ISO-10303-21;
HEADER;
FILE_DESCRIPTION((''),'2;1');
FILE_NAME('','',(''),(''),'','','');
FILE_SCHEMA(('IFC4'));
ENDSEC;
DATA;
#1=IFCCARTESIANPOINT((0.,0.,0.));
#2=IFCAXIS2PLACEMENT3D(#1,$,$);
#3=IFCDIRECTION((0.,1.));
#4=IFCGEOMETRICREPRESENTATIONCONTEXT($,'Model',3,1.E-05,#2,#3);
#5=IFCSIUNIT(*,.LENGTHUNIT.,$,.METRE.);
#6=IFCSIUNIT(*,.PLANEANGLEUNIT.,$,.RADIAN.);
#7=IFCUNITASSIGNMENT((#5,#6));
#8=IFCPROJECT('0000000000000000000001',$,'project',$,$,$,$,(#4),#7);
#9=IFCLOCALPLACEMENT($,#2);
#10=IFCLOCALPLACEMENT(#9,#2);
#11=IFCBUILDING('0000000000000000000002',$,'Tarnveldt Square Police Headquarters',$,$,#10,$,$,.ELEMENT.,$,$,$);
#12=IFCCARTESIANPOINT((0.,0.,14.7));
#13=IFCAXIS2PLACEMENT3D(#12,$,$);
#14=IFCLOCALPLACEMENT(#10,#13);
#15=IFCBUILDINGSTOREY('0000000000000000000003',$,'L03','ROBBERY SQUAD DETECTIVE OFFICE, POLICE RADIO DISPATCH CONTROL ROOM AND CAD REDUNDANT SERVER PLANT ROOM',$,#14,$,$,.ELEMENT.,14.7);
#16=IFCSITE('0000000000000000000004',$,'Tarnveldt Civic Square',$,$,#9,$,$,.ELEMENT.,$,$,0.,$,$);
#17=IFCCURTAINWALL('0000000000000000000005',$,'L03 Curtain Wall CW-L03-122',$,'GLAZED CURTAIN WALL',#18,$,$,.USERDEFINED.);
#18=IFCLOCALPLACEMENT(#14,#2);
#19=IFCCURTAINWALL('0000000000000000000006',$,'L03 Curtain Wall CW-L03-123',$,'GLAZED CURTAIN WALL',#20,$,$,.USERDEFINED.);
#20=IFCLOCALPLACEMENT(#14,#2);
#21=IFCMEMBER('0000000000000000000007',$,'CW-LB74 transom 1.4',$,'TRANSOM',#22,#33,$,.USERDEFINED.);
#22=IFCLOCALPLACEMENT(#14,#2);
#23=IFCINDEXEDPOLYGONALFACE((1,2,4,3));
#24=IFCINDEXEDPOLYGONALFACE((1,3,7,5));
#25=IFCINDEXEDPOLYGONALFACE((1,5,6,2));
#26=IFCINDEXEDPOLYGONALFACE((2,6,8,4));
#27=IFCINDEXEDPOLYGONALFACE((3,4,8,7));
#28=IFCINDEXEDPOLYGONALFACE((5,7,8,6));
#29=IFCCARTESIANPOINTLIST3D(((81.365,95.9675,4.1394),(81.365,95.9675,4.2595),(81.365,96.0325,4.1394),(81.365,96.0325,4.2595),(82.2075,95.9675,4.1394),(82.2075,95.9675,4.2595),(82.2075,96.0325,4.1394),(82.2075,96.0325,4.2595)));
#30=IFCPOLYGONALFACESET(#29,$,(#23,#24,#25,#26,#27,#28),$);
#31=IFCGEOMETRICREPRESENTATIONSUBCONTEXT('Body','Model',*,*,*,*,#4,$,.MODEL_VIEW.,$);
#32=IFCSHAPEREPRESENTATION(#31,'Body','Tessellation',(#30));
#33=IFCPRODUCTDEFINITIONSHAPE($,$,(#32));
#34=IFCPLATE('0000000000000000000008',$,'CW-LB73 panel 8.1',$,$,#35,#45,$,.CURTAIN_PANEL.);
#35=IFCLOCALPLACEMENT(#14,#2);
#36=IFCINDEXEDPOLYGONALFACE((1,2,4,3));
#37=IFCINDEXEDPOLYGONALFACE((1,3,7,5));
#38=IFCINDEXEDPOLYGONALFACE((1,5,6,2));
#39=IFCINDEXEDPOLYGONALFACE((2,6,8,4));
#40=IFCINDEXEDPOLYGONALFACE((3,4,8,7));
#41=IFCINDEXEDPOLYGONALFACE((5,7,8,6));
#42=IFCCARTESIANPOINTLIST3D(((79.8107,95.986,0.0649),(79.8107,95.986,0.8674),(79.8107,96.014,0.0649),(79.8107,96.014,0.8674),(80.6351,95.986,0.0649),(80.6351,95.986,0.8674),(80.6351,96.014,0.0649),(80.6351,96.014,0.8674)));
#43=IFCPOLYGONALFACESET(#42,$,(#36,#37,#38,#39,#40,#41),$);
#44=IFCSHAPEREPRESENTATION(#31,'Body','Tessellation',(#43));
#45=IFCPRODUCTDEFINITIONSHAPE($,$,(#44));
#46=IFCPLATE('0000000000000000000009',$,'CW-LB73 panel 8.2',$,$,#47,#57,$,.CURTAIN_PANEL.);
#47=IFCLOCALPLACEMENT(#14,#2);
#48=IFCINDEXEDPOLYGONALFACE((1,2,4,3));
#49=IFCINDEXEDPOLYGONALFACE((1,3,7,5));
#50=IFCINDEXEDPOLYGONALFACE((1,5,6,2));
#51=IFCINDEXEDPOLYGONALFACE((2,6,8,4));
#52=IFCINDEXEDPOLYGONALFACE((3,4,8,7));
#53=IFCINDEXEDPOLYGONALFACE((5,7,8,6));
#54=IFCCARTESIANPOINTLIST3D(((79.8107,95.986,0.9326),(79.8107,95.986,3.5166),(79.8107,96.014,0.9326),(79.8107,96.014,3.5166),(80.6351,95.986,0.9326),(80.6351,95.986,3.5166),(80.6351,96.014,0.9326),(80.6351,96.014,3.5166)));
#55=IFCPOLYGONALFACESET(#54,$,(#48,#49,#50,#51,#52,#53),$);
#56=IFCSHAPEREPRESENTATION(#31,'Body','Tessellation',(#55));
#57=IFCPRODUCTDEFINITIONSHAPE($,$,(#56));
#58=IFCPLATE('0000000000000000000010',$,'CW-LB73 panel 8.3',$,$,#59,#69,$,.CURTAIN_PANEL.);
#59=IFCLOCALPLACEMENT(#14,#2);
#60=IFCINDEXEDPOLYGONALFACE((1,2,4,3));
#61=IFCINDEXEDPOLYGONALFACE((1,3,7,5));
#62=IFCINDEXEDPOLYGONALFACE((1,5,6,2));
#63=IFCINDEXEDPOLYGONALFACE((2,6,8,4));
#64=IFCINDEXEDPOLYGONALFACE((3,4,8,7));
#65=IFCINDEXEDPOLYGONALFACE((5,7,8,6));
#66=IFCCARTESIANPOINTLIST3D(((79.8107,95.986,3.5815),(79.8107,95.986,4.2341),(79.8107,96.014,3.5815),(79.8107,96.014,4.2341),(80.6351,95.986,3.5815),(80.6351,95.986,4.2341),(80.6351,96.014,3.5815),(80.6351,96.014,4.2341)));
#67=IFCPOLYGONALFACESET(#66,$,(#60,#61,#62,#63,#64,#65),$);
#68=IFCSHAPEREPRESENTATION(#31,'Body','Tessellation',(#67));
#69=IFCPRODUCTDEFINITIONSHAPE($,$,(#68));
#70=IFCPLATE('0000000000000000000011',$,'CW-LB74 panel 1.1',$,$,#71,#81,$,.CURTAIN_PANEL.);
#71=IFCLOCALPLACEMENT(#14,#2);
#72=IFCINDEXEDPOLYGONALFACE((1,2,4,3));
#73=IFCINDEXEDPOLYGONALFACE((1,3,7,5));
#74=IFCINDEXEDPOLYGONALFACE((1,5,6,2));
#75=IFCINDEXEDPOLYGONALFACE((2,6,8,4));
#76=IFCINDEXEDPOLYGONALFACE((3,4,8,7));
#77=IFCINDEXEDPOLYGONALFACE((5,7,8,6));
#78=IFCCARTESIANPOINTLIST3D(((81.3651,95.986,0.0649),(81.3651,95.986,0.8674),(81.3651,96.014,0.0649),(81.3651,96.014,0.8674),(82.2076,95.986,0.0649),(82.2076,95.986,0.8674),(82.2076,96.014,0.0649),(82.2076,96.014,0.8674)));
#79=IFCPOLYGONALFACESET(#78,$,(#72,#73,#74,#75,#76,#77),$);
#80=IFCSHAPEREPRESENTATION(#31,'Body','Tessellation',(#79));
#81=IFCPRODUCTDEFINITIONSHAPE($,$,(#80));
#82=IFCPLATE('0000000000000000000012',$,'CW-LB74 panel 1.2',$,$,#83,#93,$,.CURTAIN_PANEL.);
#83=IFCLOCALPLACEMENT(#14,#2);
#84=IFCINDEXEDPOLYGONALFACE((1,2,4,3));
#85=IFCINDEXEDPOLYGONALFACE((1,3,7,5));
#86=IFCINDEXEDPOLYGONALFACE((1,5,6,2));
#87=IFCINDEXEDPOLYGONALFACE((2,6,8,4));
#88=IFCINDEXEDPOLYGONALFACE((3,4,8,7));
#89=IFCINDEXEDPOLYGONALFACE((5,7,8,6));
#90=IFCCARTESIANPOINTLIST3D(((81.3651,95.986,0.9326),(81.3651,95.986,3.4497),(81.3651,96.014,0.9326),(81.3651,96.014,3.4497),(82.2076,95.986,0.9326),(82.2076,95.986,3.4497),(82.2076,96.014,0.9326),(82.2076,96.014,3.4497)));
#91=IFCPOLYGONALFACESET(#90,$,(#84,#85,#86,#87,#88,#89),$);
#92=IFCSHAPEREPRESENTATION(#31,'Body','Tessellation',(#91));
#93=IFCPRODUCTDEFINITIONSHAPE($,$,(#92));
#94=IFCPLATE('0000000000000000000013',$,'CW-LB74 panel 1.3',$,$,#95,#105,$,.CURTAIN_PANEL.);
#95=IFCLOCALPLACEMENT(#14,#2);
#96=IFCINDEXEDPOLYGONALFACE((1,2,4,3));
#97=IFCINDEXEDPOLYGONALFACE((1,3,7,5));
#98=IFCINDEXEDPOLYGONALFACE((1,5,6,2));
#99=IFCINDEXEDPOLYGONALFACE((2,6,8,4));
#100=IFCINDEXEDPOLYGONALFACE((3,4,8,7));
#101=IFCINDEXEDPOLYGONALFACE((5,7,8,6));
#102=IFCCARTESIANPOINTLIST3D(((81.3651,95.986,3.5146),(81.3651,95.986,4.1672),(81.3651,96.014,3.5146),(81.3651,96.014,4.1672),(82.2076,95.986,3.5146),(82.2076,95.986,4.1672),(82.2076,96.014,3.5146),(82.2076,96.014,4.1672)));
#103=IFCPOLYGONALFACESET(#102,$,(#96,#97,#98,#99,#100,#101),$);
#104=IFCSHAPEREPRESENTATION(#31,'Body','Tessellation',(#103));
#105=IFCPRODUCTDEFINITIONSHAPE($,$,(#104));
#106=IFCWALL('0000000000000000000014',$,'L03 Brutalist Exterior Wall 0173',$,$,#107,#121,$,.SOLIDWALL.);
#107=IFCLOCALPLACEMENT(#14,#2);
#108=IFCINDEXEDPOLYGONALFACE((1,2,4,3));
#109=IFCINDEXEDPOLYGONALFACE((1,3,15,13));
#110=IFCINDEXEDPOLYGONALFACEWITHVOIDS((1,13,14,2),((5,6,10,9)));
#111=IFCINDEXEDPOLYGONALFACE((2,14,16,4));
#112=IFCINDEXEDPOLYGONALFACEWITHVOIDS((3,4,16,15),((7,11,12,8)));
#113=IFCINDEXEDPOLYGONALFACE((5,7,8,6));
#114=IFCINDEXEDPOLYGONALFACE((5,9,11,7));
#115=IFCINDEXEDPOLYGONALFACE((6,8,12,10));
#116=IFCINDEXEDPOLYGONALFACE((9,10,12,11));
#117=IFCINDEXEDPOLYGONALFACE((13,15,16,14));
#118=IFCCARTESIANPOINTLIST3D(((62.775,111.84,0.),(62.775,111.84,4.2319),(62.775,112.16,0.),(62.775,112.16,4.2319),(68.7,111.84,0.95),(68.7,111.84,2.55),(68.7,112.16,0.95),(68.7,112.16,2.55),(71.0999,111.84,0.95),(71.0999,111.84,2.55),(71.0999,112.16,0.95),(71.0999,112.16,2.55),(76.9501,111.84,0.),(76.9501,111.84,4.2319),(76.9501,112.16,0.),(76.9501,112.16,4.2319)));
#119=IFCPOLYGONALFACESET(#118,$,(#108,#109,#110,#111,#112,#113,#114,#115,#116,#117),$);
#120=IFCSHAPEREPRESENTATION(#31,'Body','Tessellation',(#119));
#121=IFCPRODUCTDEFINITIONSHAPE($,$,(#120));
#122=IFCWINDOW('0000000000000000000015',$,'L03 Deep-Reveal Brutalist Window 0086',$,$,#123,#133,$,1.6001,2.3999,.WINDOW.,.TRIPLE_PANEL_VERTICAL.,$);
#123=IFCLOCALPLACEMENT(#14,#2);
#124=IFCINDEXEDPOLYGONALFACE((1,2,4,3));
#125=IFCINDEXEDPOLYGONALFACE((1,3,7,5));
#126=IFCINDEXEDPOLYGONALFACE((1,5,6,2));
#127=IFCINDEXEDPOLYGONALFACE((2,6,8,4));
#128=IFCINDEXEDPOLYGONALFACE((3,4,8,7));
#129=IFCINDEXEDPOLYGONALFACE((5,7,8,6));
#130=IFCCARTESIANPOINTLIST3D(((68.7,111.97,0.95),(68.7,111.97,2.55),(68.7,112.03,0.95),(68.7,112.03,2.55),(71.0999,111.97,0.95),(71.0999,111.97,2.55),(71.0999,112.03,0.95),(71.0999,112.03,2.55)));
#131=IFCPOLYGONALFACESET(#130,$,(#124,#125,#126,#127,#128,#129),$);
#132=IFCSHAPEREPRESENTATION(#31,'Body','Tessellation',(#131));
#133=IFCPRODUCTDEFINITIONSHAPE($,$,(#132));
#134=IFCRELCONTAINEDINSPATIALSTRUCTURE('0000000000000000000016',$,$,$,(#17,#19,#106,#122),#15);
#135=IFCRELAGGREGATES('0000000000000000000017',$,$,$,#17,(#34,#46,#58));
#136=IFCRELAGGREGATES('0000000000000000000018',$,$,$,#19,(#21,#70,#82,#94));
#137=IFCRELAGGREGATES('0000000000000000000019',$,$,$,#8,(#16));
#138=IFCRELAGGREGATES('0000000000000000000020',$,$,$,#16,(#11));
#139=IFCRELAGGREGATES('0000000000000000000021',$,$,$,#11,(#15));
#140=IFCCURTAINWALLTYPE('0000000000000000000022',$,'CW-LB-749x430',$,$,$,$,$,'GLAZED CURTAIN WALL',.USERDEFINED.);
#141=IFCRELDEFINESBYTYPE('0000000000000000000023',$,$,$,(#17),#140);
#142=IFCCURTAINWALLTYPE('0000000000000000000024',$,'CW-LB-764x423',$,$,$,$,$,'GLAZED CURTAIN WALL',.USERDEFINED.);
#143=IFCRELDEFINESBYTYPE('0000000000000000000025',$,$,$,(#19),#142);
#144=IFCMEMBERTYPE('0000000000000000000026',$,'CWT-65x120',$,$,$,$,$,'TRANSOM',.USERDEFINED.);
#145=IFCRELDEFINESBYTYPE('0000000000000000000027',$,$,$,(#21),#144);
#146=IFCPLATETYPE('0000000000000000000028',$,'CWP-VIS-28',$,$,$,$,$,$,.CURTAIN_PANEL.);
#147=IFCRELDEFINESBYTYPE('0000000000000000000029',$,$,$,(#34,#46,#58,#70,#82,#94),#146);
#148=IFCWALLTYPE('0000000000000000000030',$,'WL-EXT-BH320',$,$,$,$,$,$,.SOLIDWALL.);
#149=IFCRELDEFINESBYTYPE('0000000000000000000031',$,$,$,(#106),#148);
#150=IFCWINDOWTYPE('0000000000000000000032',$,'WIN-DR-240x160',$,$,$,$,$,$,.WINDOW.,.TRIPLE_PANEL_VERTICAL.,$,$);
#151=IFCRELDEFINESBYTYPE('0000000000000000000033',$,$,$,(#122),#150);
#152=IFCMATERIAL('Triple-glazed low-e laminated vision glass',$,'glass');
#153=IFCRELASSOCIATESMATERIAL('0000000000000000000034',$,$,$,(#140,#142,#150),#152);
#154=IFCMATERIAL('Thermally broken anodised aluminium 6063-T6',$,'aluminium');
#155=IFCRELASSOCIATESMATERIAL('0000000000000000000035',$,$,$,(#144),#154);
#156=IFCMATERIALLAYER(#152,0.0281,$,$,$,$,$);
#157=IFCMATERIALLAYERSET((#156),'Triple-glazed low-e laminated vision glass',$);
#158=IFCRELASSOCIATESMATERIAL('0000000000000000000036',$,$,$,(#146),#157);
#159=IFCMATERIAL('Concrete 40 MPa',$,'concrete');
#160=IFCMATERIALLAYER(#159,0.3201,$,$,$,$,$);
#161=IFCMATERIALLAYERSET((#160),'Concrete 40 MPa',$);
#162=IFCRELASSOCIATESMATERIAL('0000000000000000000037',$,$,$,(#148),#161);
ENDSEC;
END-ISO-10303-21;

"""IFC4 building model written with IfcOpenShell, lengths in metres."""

from ifc_helpers import new_model, si_unit, direction, frame, frame_2d, origin, origin_2d, place, context, subcontext, project, spatial, rectangle, extrude, material, layer, layer_set, material_profile, profile_set, type_object, element, fill, aggregate, save


model = new_model("IFC4")

# Units and contexts
model_context = context("Model", 3, precision=1e-05, world=origin(), true_north=direction((0.0, 1.0)))
body_context = subcontext(model_context, "Body", "Model", "MODEL_VIEW")
ifc_project = project(units=[si_unit("LENGTHUNIT", "METRE"), si_unit("PLANEANGLEUNIT", "RADIAN")], contexts=[model_context])

# Site, building, storey
site_placement = place(None, origin())
site = spatial("IfcSite", under=ifc_project, at=site_placement, Name="Tarnveldt Civic Square", CompositionType="ELEMENT", RefElevation=0.0)
building_placement = place(site_placement, origin())
building = spatial("IfcBuilding", under=site, at=building_placement, Name="Tarnveldt Square Police Headquarters", CompositionType="ELEMENT")
storey_placement = place(building_placement, frame((0.0, 0.0, 14.7)))
storey = spatial("IfcBuildingStorey", under=building, at=storey_placement, Name="L03", Description="ROBBERY SQUAD DETECTIVE OFFICE, POLICE RADIO DISPATCH CONTROL ROOM AND CAD REDUNDANT SERVER PLANT ROOM", CompositionType="ELEMENT", Elevation=14.7)

# Shared definitions
ifc_material_1 = material(Name="Concrete 40 MPa", Category="concrete")

# Curtain walls
ifc_material_2 = material(Name="Triple-glazed low-e laminated vision glass", Category="glass")
curtain_wall_type_1 = type_object("IfcCurtainWallType", Name="CW-LB-749x430", ElementType="GLAZED CURTAIN WALL", PredefinedType="USERDEFINED", material=ifc_material_2)
curtain_wall_1_placement = place(storey_placement, origin())
curtain_wall_1 = element("IfcCurtainWall", 1, at=curtain_wall_1_placement, inside=storey, type_object=curtain_wall_type_1, Name="L03 Curtain Wall CW-L03-122", ObjectType="GLAZED CURTAIN WALL", PredefinedType="USERDEFINED")
ifc_material_3 = material(Name="Thermally broken anodised aluminium 6063-T6", Category="aluminium")
curtain_wall_type_2 = type_object("IfcCurtainWallType", Name="CW-LB-764x423", ElementType="GLAZED CURTAIN WALL", PredefinedType="USERDEFINED", material=ifc_material_2)
curtain_wall_2_placement = place(storey_placement, origin())
curtain_wall_2 = element("IfcCurtainWall", 2, at=curtain_wall_2_placement, inside=storey, type_object=curtain_wall_type_2, Name="L03 Curtain Wall CW-L03-123", ObjectType="GLAZED CURTAIN WALL", PredefinedType="USERDEFINED")

# Member
ifc_material_profile_1 = material_profile(ifc_material_3, rectangle(XDim=0.0649, YDim=0.1201, at=origin_2d()), Name="CW-T65x120")
ifc_profile_set_1 = profile_set([ifc_material_profile_1], Name="Thermally broken anodised aluminium 6063-T6")
member_type_1 = type_object("IfcMemberType", Name="CWT-65x120", ElementType="TRANSOM", PredefinedType="USERDEFINED", material=ifc_profile_set_1)
member_1_placement = place(storey_placement, frame((81.365, 96.0, 4.1995), z_axis=(1.0, 0.0, 0.0), x_axis=(0.0, 1.0, 0.0)))
member_1 = element("IfcMember", 3, at=member_1_placement, type_object=member_type_1, Name="CW-LB74 transom 1.4", ObjectType="TRANSOM", PredefinedType="USERDEFINED", context=body_context, shape_type="SweptSolid", body=[
    extrude(rectangle(XDim=0.0649, YDim=0.1201, at=origin_2d()), origin(), (0.0, 0.0, 1.0), 0.8425),
])

# Plates
ifc_layer_1 = layer(ifc_material_2, 0.0281)
ifc_layer_set_1 = layer_set([ifc_layer_1], Name="Triple-glazed low-e laminated vision glass")
plate_type = type_object("IfcPlateType", Name="CWP-VIS-28", PredefinedType="CURTAIN_PANEL", material=ifc_layer_set_1)
plate_1_placement = place(storey_placement, frame((80.2229, 96.0, 0.0649), z_axis=(0.0, 0.0, 1.0), x_axis=(1.0, 0.0, 0.0)))
plate_1 = element("IfcPlate", 4, at=plate_1_placement, type_object=plate_type, Name="CW-LB73 panel 8.1", PredefinedType="CURTAIN_PANEL", context=body_context, shape_type="SweptSolid", body=[
    extrude(rectangle(XDim=0.8245, YDim=0.0281, at=origin_2d()), origin(), (0.0, 0.0, 1.0), 0.8025),
])
plate_2_placement = place(storey_placement, frame((80.2229, 96.0, 0.9326), z_axis=(0.0, 0.0, 1.0), x_axis=(1.0, 0.0, 0.0)))
plate_2 = element("IfcPlate", 5, at=plate_2_placement, type_object=plate_type, Name="CW-LB73 panel 8.2", PredefinedType="CURTAIN_PANEL", context=body_context, shape_type="SweptSolid", body=[
    extrude(rectangle(XDim=0.8245, YDim=0.0281, at=origin_2d()), origin(), (0.0, 0.0, 1.0), 2.584),
])
plate_3_placement = place(storey_placement, frame((80.2229, 96.0, 3.5815), z_axis=(0.0, 0.0, 1.0), x_axis=(1.0, 0.0, 0.0)))
plate_3 = element("IfcPlate", 6, at=plate_3_placement, type_object=plate_type, Name="CW-LB73 panel 8.3", PredefinedType="CURTAIN_PANEL", context=body_context, shape_type="SweptSolid", body=[
    extrude(rectangle(XDim=0.8245, YDim=0.0281, at=origin_2d()), origin(), (0.0, 0.0, 1.0), 0.6526),
])
aggregate(curtain_wall_1, [plate_1, plate_2, plate_3])
plate_4_placement = place(storey_placement, frame((81.7864, 96.0, 0.0649), z_axis=(0.0, 0.0, 1.0), x_axis=(1.0, 0.0, 0.0)))
plate_4 = element("IfcPlate", 7, at=plate_4_placement, type_object=plate_type, Name="CW-LB74 panel 1.1", PredefinedType="CURTAIN_PANEL", context=body_context, shape_type="SweptSolid", body=[
    extrude(rectangle(XDim=0.8425, YDim=0.0281, at=origin_2d()), origin(), (0.0, 0.0, 1.0), 0.8025),
])
plate_5_placement = place(storey_placement, frame((81.7864, 96.0, 0.9326), z_axis=(0.0, 0.0, 1.0), x_axis=(1.0, 0.0, 0.0)))
plate_5 = element("IfcPlate", 8, at=plate_5_placement, type_object=plate_type, Name="CW-LB74 panel 1.2", PredefinedType="CURTAIN_PANEL", context=body_context, shape_type="SweptSolid", body=[
    extrude(rectangle(XDim=0.8425, YDim=0.0281, at=origin_2d()), origin(), (0.0, 0.0, 1.0), 2.5171),
])
plate_6_placement = place(storey_placement, frame((81.7864, 96.0, 3.5146), z_axis=(0.0, 0.0, 1.0), x_axis=(1.0, 0.0, 0.0)))
plate_6 = element("IfcPlate", 9, at=plate_6_placement, type_object=plate_type, Name="CW-LB74 panel 1.3", PredefinedType="CURTAIN_PANEL", context=body_context, shape_type="SweptSolid", body=[
    extrude(rectangle(XDim=0.8425, YDim=0.0281, at=origin_2d()), origin(), (0.0, 0.0, 1.0), 0.6526),
])
aggregate(curtain_wall_2, [member_1, plate_4, plate_5, plate_6])

# Wall, opening, window
ifc_layer_2 = layer(ifc_material_1, 0.3201)
ifc_layer_set_2 = layer_set([ifc_layer_2], Name="Concrete 40 MPa")
wall_type = type_object("IfcWallType", Name="WL-EXT-BH320", PredefinedType="SOLIDWALL", material=ifc_layer_set_2)
wall_placement = place(storey_placement, frame((76.95, 112.0, 0.0), z_axis=(0.0, 0.0, 1.0), x_axis=(-1.0, 0.0, 0.0)))
wall = element("IfcWall", 10, at=wall_placement, inside=storey, type_object=wall_type, Name="L03 Brutalist Exterior Wall 0173", PredefinedType="SOLIDWALL", context=body_context, shape_type="SweptSolid", body=[
    extrude(rectangle(XDim=14.175, YDim=0.3201, at=frame_2d((7.0874, 0.0))), origin(), (0.0, 0.0, 1.0), 4.2319),
])
opening_placement = place(wall_placement, frame((5.8501, 0.0, 0.95)))
opening = element("IfcOpeningElement", 11, at=opening_placement, cuts=wall, PredefinedType="OPENING", context=body_context, shape_type="SweptSolid", body=[
    extrude(rectangle(XDim=2.3999, YDim=1.6001, at=frame_2d((1.2, 0.8))), frame((0.0, 0.1699, 0.0), z_axis=(0.0, -1.0, 0.0), x_axis=(1.0, 0.0, 0.0)), (0.0, 0.0, 1.0), 0.3401),
])
window_type = type_object("IfcWindowType", Name="WIN-DR-240x160", PartitioningType="TRIPLE_PANEL_VERTICAL", PredefinedType="WINDOW", material=ifc_material_2)
window_placement = place(opening_placement, origin())
window = element("IfcWindow", 12, at=window_placement, inside=storey, type_object=window_type, Name="L03 Deep-Reveal Brutalist Window 0086", OverallHeight=1.6001, OverallWidth=2.3999, PartitioningType="TRIPLE_PANEL_VERTICAL", PredefinedType="WINDOW", context=body_context, shape_type="SweptSolid", body=[
    extrude(rectangle(XDim=2.3999, YDim=1.6001, at=frame_2d((1.2, 0.8))), frame((0.0, 0.03, 0.0), z_axis=(0.0, -1.0, 0.0), x_axis=(1.0, 0.0, 0.0)), (0.0, 0.0, 1.0), 0.0601),
])
fill(opening, window)

save(model, "model.ifc")
